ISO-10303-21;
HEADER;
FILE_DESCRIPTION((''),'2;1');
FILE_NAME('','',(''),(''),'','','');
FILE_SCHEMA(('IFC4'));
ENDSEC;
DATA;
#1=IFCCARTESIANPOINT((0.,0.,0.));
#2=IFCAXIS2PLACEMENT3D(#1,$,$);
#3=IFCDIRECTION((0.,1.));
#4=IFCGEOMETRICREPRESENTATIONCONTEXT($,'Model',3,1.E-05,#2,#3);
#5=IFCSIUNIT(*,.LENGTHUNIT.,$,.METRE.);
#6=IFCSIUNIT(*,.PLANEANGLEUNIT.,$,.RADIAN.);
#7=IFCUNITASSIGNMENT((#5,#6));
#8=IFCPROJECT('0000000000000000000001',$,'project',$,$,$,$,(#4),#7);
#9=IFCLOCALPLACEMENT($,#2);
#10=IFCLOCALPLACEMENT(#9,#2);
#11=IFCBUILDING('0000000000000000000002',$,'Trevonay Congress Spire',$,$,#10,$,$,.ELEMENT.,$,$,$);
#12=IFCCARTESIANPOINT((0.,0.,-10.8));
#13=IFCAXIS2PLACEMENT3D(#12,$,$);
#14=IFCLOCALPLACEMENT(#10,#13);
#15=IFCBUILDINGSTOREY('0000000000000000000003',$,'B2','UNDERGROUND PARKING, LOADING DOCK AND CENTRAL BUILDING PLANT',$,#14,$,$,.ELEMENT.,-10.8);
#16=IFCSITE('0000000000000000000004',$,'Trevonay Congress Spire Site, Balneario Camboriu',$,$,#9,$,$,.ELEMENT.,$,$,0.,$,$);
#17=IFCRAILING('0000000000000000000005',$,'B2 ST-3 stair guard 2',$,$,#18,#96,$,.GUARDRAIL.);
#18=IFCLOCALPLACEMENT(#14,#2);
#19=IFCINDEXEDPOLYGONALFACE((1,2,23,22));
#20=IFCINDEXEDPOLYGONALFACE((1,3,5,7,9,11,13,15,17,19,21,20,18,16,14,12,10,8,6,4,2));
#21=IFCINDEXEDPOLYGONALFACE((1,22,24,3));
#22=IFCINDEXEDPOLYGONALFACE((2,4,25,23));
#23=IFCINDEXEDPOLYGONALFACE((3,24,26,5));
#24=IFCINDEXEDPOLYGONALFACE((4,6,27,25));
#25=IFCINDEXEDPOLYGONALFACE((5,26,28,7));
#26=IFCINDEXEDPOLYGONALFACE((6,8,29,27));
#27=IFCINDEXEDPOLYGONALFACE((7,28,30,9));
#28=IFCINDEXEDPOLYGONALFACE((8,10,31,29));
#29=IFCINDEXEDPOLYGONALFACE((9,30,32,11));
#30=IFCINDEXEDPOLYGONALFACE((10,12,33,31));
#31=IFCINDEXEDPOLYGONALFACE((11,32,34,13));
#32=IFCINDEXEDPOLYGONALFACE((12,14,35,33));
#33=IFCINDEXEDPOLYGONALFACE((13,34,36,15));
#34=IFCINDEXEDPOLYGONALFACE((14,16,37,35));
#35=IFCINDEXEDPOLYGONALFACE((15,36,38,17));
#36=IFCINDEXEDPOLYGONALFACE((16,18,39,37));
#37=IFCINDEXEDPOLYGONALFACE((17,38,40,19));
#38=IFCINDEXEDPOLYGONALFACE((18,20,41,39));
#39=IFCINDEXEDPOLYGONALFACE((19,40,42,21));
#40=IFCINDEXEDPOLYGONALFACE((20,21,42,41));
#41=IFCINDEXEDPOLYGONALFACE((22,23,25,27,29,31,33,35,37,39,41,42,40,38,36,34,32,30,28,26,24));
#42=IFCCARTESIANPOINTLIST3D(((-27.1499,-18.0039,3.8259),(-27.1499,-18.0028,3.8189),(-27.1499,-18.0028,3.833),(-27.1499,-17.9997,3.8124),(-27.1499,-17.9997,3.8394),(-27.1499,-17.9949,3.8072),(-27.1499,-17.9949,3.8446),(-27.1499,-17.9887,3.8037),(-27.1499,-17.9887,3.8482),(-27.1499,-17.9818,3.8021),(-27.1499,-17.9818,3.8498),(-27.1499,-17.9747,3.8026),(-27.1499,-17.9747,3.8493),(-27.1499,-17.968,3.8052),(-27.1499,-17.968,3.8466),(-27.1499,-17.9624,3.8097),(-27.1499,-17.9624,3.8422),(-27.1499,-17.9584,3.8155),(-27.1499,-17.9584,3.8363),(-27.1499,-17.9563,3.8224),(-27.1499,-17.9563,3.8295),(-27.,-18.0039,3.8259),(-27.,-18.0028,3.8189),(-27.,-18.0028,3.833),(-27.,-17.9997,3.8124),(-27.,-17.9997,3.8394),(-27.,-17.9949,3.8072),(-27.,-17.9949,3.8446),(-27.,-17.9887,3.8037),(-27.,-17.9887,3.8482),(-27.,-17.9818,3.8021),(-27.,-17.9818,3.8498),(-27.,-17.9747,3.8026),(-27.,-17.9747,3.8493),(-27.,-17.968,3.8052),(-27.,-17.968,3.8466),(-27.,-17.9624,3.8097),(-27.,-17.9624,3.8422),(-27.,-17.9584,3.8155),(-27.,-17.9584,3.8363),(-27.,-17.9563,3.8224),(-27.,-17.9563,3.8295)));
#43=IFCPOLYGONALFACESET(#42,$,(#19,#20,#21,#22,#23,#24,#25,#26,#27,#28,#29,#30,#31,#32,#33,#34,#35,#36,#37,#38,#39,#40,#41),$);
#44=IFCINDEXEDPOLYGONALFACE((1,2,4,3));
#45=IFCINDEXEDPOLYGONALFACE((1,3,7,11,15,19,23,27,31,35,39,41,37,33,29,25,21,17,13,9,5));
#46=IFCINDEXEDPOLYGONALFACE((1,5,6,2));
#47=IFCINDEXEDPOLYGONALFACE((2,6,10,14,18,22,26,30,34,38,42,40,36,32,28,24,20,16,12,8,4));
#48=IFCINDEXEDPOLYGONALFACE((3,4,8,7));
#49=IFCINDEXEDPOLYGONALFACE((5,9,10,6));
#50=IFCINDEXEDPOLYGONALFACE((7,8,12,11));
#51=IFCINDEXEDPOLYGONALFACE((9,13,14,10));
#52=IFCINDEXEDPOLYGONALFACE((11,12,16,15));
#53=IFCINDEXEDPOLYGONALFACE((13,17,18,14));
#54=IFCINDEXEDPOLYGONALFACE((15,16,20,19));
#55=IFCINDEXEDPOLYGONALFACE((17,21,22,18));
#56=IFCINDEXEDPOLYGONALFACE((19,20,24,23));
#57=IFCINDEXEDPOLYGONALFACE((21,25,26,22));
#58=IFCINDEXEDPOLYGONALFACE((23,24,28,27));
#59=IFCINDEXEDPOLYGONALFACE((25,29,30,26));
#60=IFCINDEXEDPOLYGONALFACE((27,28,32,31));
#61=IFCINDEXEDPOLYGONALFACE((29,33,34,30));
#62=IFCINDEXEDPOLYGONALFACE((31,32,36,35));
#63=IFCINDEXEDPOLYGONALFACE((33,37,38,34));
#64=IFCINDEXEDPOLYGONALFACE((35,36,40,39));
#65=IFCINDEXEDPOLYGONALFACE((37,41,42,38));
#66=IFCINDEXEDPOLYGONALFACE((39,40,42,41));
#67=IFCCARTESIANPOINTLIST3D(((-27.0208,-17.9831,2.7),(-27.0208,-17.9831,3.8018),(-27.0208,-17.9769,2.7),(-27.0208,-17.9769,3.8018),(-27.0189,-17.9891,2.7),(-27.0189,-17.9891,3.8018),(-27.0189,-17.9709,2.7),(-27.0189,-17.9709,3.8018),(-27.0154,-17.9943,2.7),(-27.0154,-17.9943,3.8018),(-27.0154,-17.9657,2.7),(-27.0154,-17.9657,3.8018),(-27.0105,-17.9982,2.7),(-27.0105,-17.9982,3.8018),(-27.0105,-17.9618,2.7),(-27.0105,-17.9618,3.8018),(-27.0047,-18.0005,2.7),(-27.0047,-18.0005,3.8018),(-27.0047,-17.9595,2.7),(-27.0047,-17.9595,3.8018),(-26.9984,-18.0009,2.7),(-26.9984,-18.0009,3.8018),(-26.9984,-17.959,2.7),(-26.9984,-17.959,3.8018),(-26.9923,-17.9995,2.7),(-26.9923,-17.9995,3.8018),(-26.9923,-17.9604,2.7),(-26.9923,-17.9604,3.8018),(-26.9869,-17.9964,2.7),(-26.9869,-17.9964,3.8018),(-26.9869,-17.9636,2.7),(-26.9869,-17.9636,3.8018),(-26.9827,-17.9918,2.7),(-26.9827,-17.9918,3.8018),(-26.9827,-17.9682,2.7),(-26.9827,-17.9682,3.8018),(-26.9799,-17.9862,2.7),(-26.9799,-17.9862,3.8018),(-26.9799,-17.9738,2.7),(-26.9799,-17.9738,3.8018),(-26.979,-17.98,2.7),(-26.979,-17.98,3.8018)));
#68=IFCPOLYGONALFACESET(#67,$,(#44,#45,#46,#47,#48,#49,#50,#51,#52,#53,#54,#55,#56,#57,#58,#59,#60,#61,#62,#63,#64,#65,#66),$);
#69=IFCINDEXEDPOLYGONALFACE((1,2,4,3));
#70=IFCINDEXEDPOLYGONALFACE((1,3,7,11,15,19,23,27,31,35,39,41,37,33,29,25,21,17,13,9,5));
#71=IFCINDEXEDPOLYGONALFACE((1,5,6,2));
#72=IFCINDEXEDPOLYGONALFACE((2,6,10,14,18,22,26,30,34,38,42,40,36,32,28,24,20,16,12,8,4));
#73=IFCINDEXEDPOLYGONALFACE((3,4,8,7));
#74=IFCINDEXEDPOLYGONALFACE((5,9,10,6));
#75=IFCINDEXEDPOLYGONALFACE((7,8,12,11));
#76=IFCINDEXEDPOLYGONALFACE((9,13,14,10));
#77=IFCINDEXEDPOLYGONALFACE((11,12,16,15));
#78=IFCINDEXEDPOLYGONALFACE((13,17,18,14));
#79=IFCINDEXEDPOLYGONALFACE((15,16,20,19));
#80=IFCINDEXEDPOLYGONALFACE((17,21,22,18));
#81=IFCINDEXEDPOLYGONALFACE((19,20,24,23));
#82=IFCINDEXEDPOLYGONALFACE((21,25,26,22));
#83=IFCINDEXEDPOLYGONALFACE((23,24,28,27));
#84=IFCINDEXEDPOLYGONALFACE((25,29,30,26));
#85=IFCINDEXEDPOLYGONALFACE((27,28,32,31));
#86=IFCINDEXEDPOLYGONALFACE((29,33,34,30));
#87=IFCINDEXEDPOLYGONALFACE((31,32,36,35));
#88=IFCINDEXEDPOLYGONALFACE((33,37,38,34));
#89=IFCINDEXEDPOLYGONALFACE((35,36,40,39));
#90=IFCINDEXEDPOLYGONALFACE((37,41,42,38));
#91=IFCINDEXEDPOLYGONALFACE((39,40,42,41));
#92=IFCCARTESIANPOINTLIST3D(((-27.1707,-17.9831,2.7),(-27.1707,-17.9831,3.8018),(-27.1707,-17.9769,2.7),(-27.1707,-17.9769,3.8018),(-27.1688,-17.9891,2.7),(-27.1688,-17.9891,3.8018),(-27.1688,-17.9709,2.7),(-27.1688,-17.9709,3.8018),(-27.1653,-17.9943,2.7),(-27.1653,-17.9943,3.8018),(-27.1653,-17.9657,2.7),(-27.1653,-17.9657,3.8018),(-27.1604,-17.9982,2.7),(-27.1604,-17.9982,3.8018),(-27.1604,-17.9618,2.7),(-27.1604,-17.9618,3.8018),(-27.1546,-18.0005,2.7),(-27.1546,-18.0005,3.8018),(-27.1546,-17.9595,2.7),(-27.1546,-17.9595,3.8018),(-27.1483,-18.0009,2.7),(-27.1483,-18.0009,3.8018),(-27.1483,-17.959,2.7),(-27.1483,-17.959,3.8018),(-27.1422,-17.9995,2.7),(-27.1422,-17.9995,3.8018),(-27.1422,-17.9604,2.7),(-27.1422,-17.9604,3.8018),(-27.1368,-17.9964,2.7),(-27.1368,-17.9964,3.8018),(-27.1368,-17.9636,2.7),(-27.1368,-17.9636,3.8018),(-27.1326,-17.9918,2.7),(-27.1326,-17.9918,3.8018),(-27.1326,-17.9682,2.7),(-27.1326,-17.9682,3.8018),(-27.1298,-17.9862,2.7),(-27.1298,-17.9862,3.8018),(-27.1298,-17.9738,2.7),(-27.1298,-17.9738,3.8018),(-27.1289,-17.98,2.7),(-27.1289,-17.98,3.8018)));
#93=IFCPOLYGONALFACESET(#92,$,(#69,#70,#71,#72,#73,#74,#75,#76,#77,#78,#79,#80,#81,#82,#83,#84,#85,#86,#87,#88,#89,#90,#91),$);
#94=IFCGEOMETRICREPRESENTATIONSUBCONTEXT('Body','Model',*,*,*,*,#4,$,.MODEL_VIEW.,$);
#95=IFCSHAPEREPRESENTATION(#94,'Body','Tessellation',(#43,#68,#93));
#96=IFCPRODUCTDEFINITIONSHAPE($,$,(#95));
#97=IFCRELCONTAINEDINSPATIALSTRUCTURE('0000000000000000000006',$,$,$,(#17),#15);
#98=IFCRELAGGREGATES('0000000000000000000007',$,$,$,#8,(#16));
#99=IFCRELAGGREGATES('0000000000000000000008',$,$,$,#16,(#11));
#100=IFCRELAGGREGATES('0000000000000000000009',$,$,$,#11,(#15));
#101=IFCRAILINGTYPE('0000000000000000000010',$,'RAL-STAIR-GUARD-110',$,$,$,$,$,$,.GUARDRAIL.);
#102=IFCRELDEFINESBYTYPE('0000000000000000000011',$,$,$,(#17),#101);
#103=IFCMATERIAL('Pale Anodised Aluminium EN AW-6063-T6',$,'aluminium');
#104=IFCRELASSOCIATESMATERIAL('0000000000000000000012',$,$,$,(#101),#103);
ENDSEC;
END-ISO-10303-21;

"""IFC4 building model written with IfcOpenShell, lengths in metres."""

from ifc_helpers import new_model, si_unit, direction, frame, origin, origin_2d, place, context, subcontext, project, spatial, circle, extrude, material, type_object, element, save


model = new_model("IFC4")

# Units and contexts
model_context = context("Model", 3, precision=1e-05, world=origin(), true_north=direction((0.0, 1.0)))
body_context = subcontext(model_context, "Body", "Model", "MODEL_VIEW")
ifc_project = project(units=[si_unit("LENGTHUNIT", "METRE"), si_unit("PLANEANGLEUNIT", "RADIAN")], contexts=[model_context])

# Site, building, storey
site_placement = place(None, origin())
site = spatial("IfcSite", under=ifc_project, at=site_placement, Name="Trevonay Congress Spire Site, Balneario Camboriu", CompositionType="ELEMENT", RefElevation=0.0)
building_placement = place(site_placement, origin())
building = spatial("IfcBuilding", under=site, at=building_placement, Name="Trevonay Congress Spire", CompositionType="ELEMENT")
storey_placement = place(building_placement, frame((0.0, 0.0, -10.8)))
storey = spatial("IfcBuildingStorey", under=building, at=storey_placement, Name="B2", Description="UNDERGROUND PARKING, LOADING DOCK AND CENTRAL BUILDING PLANT", CompositionType="ELEMENT", Elevation=-10.8)

# Railing
ifc_material_1 = material(Name="Pale Anodised Aluminium EN AW-6063-T6", Category="aluminium")
railing_type_1 = type_object("IfcRailingType", Name="RAL-STAIR-GUARD-110", PredefinedType="GUARDRAIL", material=ifc_material_1)
railing_1_placement = place(storey_placement, frame((-27.0, -17.98, 2.7)))
element("IfcRailing", 1, at=railing_1_placement, inside=storey, type_object=railing_type_1, Name="B2 ST-3 stair guard 2", PredefinedType="GUARDRAIL", context=body_context, shape_type="SweptSolid", body=[
    extrude(circle(Radius=0.0239, at=origin_2d()), frame((0.0, 0.0, 1.126), z_axis=(-1.0, 0.0, 0.0), x_axis=(0.0, -1.0, 0.0)), (0.0, 0.0, 1.0), 0.1499),
    extrude(circle(Radius=0.021, at=origin_2d()), origin(), (0.0, 0.0, 1.0), 1.1018),
    extrude(circle(Radius=0.021, at=origin_2d()), frame((-0.1499, 0.0, 0.0)), (0.0, 0.0, 1.0), 1.1018),
])

save(model, "model.ifc")
